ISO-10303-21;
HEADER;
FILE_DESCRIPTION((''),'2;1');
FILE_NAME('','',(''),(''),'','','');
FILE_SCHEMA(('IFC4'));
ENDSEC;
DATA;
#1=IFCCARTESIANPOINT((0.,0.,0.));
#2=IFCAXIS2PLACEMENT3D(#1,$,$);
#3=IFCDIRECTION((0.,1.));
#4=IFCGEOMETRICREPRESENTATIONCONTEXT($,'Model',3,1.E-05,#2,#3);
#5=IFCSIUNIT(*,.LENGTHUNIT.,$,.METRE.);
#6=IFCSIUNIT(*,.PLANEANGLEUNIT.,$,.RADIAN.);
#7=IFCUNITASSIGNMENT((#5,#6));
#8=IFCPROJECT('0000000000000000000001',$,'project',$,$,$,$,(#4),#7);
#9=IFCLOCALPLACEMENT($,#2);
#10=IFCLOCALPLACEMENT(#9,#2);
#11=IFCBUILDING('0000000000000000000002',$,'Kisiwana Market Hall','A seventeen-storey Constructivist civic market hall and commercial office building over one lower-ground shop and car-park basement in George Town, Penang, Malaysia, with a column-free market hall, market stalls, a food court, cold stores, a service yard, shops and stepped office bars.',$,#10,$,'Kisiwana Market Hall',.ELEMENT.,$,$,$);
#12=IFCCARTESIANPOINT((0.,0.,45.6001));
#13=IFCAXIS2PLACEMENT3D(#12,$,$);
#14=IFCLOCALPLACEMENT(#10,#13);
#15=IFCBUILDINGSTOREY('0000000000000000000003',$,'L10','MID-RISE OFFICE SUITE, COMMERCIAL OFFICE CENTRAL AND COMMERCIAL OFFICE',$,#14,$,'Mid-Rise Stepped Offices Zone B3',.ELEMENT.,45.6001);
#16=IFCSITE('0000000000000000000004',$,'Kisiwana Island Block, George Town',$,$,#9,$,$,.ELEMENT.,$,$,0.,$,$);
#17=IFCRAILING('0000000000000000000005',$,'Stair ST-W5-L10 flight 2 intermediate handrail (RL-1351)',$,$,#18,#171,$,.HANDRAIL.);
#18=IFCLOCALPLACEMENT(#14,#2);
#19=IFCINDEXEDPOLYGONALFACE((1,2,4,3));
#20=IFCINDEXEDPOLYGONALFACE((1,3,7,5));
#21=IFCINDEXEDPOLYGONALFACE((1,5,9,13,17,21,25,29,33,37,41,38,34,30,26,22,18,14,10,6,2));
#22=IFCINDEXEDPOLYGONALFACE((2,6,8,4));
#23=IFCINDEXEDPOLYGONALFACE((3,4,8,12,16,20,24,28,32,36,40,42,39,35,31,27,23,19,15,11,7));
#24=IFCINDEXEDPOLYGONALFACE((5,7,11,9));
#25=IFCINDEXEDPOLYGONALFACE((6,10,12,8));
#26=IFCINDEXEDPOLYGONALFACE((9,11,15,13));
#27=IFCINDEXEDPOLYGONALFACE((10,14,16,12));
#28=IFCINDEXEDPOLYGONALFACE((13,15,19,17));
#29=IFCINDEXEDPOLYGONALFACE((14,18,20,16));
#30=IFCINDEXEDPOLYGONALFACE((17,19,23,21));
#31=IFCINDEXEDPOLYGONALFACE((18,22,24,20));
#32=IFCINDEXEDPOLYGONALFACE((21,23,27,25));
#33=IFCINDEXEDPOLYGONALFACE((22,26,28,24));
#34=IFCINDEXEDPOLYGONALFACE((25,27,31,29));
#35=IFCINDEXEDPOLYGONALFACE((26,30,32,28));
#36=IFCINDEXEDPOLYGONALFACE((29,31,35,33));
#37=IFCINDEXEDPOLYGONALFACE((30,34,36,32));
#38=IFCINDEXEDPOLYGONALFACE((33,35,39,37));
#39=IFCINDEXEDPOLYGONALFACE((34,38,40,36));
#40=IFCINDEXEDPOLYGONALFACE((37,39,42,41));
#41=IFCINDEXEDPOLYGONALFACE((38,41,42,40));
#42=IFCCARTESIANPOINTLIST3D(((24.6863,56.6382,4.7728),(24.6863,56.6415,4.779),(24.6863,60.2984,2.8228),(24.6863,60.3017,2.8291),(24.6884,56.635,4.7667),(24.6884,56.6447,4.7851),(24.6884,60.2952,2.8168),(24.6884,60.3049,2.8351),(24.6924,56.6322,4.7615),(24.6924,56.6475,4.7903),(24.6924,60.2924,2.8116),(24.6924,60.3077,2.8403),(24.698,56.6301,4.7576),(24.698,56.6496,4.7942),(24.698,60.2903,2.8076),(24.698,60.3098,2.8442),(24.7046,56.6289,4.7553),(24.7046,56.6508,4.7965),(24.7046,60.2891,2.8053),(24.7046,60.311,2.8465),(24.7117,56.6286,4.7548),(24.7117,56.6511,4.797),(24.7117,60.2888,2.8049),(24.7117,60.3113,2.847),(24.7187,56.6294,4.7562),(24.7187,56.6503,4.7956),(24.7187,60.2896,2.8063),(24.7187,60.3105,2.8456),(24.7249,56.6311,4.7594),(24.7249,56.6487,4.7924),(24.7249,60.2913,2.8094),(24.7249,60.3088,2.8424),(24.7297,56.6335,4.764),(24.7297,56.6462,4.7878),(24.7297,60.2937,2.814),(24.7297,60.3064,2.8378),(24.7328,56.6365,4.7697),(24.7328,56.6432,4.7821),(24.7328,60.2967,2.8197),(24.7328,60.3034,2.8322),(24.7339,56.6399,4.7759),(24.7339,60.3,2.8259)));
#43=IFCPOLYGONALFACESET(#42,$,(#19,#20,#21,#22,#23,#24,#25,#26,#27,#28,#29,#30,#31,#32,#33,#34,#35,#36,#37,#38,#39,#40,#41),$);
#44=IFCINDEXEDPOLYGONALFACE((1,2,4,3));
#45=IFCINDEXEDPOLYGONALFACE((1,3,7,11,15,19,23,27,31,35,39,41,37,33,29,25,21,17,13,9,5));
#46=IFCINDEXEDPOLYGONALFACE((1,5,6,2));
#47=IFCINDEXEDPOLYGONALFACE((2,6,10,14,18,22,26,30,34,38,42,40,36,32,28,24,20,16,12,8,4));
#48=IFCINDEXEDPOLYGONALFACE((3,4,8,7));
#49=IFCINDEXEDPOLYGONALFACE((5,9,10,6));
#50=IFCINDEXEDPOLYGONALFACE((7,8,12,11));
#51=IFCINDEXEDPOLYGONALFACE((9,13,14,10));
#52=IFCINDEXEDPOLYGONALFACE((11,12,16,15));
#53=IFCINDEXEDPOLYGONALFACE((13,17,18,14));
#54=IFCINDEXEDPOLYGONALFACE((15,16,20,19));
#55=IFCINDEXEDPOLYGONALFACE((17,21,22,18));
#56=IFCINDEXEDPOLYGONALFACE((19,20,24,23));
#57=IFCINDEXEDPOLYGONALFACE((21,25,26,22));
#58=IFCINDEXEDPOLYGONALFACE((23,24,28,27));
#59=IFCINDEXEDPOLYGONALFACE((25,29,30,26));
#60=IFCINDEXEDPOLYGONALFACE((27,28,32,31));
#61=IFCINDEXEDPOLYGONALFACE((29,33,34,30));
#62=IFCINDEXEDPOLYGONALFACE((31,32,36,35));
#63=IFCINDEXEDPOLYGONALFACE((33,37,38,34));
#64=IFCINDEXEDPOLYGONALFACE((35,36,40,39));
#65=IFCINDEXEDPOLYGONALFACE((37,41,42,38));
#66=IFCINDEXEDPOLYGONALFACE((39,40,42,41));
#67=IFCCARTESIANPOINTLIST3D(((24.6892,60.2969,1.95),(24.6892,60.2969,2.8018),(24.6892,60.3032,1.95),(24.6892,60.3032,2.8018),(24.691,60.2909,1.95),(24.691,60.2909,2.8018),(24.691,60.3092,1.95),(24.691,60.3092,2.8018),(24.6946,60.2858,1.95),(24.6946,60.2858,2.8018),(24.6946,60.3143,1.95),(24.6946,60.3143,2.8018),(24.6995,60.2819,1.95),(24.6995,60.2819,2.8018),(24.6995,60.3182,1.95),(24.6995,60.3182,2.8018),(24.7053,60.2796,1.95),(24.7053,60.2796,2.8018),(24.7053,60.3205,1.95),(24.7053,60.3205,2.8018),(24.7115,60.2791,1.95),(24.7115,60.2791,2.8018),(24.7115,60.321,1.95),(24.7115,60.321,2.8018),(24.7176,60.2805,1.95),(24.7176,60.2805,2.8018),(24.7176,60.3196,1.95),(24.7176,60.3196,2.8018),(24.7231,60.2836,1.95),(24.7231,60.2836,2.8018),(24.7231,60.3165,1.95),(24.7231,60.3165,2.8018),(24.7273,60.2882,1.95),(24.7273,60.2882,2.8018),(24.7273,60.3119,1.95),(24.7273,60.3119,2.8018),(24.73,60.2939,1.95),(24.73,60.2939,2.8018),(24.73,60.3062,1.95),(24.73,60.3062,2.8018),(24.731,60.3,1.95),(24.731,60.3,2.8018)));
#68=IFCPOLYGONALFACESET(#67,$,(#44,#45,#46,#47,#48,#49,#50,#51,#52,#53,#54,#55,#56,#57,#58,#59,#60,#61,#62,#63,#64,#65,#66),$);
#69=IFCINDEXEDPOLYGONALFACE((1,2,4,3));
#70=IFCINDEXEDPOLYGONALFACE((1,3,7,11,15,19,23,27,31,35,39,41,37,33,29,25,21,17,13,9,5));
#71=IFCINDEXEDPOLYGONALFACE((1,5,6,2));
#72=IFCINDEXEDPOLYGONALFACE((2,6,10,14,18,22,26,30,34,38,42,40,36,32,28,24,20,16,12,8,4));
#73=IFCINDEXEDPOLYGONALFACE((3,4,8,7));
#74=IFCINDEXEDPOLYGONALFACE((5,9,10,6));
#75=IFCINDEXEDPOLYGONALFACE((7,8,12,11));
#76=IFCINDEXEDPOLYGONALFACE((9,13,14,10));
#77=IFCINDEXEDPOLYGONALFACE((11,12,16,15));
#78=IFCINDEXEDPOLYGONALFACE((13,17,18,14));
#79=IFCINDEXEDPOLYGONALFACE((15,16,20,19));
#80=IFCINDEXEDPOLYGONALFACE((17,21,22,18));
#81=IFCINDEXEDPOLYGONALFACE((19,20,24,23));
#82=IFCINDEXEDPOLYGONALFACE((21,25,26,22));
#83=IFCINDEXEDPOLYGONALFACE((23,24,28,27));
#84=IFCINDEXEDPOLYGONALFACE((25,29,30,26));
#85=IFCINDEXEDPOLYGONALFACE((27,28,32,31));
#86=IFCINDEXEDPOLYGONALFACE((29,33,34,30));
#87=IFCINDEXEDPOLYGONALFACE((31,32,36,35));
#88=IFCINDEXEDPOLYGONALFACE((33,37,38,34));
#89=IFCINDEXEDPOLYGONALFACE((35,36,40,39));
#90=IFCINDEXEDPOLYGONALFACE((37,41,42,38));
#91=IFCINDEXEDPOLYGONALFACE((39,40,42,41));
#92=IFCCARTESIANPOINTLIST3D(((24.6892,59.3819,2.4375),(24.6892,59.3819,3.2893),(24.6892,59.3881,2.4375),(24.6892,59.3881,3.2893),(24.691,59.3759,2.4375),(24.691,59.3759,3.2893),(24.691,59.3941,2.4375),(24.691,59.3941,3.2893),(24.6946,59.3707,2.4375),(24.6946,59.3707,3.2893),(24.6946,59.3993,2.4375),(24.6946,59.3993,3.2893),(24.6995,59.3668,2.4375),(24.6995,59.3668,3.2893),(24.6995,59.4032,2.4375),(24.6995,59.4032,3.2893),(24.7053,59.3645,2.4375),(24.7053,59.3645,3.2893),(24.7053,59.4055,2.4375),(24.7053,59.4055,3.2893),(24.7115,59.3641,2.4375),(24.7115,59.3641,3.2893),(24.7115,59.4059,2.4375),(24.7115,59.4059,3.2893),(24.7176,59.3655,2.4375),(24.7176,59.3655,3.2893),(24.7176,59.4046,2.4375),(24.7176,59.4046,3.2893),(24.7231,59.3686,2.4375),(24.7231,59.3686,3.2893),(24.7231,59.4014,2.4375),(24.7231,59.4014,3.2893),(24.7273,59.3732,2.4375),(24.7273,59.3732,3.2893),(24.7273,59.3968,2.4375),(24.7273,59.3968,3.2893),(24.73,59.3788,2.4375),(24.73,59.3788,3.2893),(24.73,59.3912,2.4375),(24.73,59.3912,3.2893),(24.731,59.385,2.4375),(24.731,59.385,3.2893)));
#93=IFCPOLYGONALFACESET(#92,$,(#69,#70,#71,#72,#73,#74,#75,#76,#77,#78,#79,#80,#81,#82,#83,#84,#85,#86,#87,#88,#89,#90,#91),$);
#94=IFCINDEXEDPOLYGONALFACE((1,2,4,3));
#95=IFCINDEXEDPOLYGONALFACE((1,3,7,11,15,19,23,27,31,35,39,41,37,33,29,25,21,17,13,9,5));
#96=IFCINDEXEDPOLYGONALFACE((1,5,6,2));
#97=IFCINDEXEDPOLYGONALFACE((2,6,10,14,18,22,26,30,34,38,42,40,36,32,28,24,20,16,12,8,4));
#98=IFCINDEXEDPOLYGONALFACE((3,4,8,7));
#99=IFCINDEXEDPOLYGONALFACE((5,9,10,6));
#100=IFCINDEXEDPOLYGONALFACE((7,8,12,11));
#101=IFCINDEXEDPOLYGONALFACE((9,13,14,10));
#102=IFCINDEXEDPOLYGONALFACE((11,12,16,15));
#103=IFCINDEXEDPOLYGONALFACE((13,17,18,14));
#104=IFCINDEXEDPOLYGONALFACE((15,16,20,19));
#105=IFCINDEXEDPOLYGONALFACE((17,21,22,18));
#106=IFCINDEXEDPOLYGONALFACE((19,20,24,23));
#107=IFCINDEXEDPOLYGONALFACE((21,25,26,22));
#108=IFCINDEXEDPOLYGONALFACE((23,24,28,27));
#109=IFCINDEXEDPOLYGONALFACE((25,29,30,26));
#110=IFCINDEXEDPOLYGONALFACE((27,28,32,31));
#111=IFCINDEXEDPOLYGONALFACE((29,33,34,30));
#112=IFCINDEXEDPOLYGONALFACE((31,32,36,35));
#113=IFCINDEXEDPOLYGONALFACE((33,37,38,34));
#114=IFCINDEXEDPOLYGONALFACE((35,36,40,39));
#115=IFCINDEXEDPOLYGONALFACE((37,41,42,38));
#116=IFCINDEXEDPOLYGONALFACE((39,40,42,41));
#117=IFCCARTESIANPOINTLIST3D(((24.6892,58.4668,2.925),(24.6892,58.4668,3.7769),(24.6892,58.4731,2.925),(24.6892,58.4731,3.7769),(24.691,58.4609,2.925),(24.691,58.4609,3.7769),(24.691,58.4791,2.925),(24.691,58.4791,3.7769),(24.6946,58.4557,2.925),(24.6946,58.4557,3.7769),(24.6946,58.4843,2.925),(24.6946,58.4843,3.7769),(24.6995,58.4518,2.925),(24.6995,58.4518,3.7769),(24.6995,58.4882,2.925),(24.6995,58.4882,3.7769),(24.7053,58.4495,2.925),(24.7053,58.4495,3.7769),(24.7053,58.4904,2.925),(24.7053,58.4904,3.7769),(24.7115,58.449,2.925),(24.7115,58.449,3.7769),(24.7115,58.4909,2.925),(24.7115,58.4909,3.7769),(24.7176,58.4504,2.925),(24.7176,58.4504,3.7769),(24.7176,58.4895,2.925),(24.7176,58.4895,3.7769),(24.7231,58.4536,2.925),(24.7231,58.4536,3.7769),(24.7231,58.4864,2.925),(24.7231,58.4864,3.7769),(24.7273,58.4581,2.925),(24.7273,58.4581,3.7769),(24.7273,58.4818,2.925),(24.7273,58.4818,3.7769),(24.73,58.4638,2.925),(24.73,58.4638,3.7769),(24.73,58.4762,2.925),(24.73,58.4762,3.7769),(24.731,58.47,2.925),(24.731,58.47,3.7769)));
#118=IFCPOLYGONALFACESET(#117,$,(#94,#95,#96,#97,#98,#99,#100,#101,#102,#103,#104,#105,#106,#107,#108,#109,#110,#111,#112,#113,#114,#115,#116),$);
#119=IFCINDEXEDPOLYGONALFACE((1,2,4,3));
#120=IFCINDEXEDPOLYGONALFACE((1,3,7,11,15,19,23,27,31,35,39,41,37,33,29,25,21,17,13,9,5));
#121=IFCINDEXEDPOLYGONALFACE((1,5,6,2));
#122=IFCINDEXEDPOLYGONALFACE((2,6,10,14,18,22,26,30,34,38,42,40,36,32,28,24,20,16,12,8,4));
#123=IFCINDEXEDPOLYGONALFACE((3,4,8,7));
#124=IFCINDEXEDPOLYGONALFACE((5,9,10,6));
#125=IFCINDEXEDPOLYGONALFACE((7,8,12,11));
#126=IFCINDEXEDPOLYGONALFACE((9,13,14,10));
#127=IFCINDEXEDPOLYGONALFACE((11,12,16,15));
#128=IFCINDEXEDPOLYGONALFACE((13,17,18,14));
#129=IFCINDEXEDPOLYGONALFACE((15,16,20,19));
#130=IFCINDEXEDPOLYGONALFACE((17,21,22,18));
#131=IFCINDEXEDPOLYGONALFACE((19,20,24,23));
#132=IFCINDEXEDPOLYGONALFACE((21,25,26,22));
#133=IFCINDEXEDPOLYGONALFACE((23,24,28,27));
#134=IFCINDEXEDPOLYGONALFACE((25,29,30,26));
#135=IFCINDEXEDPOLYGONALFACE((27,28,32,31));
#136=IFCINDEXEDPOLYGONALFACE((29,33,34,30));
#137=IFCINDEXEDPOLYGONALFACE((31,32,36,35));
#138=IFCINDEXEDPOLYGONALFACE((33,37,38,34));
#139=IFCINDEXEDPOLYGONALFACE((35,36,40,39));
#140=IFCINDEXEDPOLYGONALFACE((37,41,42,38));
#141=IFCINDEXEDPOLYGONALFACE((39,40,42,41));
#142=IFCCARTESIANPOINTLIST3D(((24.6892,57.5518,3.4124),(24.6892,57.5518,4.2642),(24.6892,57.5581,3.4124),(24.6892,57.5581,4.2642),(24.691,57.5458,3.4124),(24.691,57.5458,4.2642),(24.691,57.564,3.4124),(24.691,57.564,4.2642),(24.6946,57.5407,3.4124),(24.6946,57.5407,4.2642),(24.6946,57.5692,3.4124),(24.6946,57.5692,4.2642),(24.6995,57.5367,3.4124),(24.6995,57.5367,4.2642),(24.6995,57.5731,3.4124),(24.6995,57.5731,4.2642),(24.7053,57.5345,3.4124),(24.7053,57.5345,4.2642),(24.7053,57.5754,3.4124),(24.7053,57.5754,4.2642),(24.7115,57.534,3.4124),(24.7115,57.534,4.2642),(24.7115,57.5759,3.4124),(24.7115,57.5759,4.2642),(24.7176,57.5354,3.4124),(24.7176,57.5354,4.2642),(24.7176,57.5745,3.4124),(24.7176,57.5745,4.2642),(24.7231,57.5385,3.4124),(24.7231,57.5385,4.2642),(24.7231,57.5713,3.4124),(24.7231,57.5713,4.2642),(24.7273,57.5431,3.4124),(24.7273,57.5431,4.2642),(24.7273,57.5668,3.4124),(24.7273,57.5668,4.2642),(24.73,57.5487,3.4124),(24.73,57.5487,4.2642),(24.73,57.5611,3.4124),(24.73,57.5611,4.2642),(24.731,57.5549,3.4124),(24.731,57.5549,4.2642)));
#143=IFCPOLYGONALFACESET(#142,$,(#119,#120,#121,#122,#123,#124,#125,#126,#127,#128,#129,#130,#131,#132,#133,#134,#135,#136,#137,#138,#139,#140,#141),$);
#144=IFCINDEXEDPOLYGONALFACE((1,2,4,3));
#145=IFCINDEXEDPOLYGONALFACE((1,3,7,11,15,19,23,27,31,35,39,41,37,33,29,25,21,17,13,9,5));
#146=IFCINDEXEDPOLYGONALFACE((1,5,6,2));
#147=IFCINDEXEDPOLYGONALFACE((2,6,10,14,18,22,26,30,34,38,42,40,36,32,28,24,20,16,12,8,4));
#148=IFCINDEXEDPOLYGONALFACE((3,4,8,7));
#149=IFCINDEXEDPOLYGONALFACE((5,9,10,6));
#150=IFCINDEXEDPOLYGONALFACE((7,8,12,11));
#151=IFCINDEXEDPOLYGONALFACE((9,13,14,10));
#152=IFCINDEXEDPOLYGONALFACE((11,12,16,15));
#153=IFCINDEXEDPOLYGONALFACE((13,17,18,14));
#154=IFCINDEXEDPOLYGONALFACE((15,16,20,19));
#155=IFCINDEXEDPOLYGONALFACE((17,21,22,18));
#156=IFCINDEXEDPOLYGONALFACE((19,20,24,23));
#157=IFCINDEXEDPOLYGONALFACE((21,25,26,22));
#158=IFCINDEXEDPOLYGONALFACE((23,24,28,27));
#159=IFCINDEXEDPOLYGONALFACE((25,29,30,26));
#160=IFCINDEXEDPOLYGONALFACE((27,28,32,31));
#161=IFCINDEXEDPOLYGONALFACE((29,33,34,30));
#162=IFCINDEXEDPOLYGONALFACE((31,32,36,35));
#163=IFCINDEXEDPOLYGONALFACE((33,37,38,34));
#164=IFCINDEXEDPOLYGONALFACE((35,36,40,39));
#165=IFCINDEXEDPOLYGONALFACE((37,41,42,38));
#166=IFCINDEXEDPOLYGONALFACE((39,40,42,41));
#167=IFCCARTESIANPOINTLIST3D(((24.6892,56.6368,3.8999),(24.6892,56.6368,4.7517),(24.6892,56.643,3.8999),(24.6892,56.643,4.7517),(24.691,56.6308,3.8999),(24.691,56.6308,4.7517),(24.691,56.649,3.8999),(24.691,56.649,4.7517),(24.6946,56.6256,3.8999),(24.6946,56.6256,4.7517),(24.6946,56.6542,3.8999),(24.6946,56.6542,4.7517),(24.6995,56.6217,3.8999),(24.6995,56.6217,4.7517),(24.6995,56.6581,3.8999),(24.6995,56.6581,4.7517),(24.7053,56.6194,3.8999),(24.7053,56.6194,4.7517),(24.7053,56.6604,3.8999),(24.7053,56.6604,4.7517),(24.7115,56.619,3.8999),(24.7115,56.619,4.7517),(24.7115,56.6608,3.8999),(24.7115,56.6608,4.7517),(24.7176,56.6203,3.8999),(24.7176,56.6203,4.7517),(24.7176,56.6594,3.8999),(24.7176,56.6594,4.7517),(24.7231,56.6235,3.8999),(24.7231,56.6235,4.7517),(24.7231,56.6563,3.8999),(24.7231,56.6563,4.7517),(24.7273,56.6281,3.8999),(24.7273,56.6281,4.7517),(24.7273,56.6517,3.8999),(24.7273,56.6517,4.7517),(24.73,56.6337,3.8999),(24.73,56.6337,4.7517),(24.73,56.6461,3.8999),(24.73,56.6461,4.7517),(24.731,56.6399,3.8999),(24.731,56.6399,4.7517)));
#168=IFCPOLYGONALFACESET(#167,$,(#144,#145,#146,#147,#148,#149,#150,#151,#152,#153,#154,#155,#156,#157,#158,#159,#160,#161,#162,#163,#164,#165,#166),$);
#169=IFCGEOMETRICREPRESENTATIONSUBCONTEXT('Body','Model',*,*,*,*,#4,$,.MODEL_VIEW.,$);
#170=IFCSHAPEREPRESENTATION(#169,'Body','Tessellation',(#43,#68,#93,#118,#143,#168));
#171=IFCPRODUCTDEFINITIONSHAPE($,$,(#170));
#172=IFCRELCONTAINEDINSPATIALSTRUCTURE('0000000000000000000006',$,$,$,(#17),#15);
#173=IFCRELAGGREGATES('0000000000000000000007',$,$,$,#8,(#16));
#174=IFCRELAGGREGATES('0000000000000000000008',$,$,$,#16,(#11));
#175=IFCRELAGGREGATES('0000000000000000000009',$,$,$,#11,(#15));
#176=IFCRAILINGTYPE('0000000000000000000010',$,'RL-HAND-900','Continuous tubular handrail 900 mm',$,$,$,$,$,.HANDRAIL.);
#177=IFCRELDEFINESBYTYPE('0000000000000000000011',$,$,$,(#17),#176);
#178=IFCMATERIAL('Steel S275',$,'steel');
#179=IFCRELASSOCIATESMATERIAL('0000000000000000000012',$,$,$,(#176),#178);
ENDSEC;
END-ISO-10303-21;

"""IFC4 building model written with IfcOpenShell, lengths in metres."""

from ifc_helpers import new_model, si_unit, direction, frame, origin, origin_2d, place, context, subcontext, project, spatial, circle, extrude, material, type_object, element, save


model = new_model("IFC4")

# Units and contexts
model_context = context("Model", 3, precision=1e-05, world=origin(), true_north=direction((0.0, 1.0)))
body_context = subcontext(model_context, "Body", "Model", "MODEL_VIEW")
ifc_project = project(units=[si_unit("LENGTHUNIT", "METRE"), si_unit("PLANEANGLEUNIT", "RADIAN")], contexts=[model_context])

# Site, building, storey
site_placement = place(None, origin())
site = spatial("IfcSite", under=ifc_project, at=site_placement, Name="Kisiwana Island Block, George Town", CompositionType="ELEMENT", RefElevation=0.0)
building_placement = place(site_placement, origin())
building = spatial("IfcBuilding", under=site, at=building_placement, Name="Kisiwana Market Hall", Description="A seventeen-storey Constructivist civic market hall and commercial office building over one lower-ground shop and car-park basement in George Town, Penang, Malaysia, with a column-free market hall, market stalls, a food court, cold stores, a service yard, shops and stepped office bars.", LongName="Kisiwana Market Hall", CompositionType="ELEMENT")
storey_placement = place(building_placement, frame((0.0, 0.0, 45.6001)))
storey = spatial("IfcBuildingStorey", under=building, at=storey_placement, Name="L10", Description="MID-RISE OFFICE SUITE, COMMERCIAL OFFICE CENTRAL AND COMMERCIAL OFFICE", LongName="Mid-Rise Stepped Offices Zone B3", CompositionType="ELEMENT", Elevation=45.6001)

# Railing
ifc_material_1 = material(Name="Steel S275", Category="steel")
railing_type_1 = type_object("IfcRailingType", Name="RL-HAND-900", Description="Continuous tubular handrail 900 mm", PredefinedType="HANDRAIL", material=ifc_material_1)
railing_1_placement = place(storey_placement, frame((24.71, 60.3, 1.95)))
element("IfcRailing", 1, at=railing_1_placement, inside=storey, type_object=railing_type_1, Name="Stair ST-W5-L10 flight 2 intermediate handrail (RL-1351)", PredefinedType="HANDRAIL", context=body_context, shape_type="SweptSolid", body=[
    extrude(circle(Radius=0.0239, at=origin_2d()), frame((0.0, 0.0, 0.876), z_axis=(0.0, -0.882566, 0.470188), x_axis=(1.0, 0.0, 0.0)), (0.0, 0.0, 1.0), 4.1472),
    extrude(circle(Radius=0.021, at=origin_2d()), origin(), (0.0, 0.0, 1.0), 0.8518),
    extrude(circle(Radius=0.021, at=origin_2d()), frame((0.0, -0.915, 0.4875)), (0.0, 0.0, 1.0), 0.8518),
    extrude(circle(Radius=0.021, at=origin_2d()), frame((0.0, -1.8301, 0.9751)), (0.0, 0.0, 1.0), 0.8518),
    extrude(circle(Radius=0.021, at=origin_2d()), frame((0.0, -2.7451, 1.4624)), (0.0, 0.0, 1.0), 0.8518),
    extrude(circle(Radius=0.021, at=origin_2d()), frame((0.0, -3.6602, 1.95)), (0.0, 0.0, 1.0), 0.8518),
])

save(model, "model.ifc")
